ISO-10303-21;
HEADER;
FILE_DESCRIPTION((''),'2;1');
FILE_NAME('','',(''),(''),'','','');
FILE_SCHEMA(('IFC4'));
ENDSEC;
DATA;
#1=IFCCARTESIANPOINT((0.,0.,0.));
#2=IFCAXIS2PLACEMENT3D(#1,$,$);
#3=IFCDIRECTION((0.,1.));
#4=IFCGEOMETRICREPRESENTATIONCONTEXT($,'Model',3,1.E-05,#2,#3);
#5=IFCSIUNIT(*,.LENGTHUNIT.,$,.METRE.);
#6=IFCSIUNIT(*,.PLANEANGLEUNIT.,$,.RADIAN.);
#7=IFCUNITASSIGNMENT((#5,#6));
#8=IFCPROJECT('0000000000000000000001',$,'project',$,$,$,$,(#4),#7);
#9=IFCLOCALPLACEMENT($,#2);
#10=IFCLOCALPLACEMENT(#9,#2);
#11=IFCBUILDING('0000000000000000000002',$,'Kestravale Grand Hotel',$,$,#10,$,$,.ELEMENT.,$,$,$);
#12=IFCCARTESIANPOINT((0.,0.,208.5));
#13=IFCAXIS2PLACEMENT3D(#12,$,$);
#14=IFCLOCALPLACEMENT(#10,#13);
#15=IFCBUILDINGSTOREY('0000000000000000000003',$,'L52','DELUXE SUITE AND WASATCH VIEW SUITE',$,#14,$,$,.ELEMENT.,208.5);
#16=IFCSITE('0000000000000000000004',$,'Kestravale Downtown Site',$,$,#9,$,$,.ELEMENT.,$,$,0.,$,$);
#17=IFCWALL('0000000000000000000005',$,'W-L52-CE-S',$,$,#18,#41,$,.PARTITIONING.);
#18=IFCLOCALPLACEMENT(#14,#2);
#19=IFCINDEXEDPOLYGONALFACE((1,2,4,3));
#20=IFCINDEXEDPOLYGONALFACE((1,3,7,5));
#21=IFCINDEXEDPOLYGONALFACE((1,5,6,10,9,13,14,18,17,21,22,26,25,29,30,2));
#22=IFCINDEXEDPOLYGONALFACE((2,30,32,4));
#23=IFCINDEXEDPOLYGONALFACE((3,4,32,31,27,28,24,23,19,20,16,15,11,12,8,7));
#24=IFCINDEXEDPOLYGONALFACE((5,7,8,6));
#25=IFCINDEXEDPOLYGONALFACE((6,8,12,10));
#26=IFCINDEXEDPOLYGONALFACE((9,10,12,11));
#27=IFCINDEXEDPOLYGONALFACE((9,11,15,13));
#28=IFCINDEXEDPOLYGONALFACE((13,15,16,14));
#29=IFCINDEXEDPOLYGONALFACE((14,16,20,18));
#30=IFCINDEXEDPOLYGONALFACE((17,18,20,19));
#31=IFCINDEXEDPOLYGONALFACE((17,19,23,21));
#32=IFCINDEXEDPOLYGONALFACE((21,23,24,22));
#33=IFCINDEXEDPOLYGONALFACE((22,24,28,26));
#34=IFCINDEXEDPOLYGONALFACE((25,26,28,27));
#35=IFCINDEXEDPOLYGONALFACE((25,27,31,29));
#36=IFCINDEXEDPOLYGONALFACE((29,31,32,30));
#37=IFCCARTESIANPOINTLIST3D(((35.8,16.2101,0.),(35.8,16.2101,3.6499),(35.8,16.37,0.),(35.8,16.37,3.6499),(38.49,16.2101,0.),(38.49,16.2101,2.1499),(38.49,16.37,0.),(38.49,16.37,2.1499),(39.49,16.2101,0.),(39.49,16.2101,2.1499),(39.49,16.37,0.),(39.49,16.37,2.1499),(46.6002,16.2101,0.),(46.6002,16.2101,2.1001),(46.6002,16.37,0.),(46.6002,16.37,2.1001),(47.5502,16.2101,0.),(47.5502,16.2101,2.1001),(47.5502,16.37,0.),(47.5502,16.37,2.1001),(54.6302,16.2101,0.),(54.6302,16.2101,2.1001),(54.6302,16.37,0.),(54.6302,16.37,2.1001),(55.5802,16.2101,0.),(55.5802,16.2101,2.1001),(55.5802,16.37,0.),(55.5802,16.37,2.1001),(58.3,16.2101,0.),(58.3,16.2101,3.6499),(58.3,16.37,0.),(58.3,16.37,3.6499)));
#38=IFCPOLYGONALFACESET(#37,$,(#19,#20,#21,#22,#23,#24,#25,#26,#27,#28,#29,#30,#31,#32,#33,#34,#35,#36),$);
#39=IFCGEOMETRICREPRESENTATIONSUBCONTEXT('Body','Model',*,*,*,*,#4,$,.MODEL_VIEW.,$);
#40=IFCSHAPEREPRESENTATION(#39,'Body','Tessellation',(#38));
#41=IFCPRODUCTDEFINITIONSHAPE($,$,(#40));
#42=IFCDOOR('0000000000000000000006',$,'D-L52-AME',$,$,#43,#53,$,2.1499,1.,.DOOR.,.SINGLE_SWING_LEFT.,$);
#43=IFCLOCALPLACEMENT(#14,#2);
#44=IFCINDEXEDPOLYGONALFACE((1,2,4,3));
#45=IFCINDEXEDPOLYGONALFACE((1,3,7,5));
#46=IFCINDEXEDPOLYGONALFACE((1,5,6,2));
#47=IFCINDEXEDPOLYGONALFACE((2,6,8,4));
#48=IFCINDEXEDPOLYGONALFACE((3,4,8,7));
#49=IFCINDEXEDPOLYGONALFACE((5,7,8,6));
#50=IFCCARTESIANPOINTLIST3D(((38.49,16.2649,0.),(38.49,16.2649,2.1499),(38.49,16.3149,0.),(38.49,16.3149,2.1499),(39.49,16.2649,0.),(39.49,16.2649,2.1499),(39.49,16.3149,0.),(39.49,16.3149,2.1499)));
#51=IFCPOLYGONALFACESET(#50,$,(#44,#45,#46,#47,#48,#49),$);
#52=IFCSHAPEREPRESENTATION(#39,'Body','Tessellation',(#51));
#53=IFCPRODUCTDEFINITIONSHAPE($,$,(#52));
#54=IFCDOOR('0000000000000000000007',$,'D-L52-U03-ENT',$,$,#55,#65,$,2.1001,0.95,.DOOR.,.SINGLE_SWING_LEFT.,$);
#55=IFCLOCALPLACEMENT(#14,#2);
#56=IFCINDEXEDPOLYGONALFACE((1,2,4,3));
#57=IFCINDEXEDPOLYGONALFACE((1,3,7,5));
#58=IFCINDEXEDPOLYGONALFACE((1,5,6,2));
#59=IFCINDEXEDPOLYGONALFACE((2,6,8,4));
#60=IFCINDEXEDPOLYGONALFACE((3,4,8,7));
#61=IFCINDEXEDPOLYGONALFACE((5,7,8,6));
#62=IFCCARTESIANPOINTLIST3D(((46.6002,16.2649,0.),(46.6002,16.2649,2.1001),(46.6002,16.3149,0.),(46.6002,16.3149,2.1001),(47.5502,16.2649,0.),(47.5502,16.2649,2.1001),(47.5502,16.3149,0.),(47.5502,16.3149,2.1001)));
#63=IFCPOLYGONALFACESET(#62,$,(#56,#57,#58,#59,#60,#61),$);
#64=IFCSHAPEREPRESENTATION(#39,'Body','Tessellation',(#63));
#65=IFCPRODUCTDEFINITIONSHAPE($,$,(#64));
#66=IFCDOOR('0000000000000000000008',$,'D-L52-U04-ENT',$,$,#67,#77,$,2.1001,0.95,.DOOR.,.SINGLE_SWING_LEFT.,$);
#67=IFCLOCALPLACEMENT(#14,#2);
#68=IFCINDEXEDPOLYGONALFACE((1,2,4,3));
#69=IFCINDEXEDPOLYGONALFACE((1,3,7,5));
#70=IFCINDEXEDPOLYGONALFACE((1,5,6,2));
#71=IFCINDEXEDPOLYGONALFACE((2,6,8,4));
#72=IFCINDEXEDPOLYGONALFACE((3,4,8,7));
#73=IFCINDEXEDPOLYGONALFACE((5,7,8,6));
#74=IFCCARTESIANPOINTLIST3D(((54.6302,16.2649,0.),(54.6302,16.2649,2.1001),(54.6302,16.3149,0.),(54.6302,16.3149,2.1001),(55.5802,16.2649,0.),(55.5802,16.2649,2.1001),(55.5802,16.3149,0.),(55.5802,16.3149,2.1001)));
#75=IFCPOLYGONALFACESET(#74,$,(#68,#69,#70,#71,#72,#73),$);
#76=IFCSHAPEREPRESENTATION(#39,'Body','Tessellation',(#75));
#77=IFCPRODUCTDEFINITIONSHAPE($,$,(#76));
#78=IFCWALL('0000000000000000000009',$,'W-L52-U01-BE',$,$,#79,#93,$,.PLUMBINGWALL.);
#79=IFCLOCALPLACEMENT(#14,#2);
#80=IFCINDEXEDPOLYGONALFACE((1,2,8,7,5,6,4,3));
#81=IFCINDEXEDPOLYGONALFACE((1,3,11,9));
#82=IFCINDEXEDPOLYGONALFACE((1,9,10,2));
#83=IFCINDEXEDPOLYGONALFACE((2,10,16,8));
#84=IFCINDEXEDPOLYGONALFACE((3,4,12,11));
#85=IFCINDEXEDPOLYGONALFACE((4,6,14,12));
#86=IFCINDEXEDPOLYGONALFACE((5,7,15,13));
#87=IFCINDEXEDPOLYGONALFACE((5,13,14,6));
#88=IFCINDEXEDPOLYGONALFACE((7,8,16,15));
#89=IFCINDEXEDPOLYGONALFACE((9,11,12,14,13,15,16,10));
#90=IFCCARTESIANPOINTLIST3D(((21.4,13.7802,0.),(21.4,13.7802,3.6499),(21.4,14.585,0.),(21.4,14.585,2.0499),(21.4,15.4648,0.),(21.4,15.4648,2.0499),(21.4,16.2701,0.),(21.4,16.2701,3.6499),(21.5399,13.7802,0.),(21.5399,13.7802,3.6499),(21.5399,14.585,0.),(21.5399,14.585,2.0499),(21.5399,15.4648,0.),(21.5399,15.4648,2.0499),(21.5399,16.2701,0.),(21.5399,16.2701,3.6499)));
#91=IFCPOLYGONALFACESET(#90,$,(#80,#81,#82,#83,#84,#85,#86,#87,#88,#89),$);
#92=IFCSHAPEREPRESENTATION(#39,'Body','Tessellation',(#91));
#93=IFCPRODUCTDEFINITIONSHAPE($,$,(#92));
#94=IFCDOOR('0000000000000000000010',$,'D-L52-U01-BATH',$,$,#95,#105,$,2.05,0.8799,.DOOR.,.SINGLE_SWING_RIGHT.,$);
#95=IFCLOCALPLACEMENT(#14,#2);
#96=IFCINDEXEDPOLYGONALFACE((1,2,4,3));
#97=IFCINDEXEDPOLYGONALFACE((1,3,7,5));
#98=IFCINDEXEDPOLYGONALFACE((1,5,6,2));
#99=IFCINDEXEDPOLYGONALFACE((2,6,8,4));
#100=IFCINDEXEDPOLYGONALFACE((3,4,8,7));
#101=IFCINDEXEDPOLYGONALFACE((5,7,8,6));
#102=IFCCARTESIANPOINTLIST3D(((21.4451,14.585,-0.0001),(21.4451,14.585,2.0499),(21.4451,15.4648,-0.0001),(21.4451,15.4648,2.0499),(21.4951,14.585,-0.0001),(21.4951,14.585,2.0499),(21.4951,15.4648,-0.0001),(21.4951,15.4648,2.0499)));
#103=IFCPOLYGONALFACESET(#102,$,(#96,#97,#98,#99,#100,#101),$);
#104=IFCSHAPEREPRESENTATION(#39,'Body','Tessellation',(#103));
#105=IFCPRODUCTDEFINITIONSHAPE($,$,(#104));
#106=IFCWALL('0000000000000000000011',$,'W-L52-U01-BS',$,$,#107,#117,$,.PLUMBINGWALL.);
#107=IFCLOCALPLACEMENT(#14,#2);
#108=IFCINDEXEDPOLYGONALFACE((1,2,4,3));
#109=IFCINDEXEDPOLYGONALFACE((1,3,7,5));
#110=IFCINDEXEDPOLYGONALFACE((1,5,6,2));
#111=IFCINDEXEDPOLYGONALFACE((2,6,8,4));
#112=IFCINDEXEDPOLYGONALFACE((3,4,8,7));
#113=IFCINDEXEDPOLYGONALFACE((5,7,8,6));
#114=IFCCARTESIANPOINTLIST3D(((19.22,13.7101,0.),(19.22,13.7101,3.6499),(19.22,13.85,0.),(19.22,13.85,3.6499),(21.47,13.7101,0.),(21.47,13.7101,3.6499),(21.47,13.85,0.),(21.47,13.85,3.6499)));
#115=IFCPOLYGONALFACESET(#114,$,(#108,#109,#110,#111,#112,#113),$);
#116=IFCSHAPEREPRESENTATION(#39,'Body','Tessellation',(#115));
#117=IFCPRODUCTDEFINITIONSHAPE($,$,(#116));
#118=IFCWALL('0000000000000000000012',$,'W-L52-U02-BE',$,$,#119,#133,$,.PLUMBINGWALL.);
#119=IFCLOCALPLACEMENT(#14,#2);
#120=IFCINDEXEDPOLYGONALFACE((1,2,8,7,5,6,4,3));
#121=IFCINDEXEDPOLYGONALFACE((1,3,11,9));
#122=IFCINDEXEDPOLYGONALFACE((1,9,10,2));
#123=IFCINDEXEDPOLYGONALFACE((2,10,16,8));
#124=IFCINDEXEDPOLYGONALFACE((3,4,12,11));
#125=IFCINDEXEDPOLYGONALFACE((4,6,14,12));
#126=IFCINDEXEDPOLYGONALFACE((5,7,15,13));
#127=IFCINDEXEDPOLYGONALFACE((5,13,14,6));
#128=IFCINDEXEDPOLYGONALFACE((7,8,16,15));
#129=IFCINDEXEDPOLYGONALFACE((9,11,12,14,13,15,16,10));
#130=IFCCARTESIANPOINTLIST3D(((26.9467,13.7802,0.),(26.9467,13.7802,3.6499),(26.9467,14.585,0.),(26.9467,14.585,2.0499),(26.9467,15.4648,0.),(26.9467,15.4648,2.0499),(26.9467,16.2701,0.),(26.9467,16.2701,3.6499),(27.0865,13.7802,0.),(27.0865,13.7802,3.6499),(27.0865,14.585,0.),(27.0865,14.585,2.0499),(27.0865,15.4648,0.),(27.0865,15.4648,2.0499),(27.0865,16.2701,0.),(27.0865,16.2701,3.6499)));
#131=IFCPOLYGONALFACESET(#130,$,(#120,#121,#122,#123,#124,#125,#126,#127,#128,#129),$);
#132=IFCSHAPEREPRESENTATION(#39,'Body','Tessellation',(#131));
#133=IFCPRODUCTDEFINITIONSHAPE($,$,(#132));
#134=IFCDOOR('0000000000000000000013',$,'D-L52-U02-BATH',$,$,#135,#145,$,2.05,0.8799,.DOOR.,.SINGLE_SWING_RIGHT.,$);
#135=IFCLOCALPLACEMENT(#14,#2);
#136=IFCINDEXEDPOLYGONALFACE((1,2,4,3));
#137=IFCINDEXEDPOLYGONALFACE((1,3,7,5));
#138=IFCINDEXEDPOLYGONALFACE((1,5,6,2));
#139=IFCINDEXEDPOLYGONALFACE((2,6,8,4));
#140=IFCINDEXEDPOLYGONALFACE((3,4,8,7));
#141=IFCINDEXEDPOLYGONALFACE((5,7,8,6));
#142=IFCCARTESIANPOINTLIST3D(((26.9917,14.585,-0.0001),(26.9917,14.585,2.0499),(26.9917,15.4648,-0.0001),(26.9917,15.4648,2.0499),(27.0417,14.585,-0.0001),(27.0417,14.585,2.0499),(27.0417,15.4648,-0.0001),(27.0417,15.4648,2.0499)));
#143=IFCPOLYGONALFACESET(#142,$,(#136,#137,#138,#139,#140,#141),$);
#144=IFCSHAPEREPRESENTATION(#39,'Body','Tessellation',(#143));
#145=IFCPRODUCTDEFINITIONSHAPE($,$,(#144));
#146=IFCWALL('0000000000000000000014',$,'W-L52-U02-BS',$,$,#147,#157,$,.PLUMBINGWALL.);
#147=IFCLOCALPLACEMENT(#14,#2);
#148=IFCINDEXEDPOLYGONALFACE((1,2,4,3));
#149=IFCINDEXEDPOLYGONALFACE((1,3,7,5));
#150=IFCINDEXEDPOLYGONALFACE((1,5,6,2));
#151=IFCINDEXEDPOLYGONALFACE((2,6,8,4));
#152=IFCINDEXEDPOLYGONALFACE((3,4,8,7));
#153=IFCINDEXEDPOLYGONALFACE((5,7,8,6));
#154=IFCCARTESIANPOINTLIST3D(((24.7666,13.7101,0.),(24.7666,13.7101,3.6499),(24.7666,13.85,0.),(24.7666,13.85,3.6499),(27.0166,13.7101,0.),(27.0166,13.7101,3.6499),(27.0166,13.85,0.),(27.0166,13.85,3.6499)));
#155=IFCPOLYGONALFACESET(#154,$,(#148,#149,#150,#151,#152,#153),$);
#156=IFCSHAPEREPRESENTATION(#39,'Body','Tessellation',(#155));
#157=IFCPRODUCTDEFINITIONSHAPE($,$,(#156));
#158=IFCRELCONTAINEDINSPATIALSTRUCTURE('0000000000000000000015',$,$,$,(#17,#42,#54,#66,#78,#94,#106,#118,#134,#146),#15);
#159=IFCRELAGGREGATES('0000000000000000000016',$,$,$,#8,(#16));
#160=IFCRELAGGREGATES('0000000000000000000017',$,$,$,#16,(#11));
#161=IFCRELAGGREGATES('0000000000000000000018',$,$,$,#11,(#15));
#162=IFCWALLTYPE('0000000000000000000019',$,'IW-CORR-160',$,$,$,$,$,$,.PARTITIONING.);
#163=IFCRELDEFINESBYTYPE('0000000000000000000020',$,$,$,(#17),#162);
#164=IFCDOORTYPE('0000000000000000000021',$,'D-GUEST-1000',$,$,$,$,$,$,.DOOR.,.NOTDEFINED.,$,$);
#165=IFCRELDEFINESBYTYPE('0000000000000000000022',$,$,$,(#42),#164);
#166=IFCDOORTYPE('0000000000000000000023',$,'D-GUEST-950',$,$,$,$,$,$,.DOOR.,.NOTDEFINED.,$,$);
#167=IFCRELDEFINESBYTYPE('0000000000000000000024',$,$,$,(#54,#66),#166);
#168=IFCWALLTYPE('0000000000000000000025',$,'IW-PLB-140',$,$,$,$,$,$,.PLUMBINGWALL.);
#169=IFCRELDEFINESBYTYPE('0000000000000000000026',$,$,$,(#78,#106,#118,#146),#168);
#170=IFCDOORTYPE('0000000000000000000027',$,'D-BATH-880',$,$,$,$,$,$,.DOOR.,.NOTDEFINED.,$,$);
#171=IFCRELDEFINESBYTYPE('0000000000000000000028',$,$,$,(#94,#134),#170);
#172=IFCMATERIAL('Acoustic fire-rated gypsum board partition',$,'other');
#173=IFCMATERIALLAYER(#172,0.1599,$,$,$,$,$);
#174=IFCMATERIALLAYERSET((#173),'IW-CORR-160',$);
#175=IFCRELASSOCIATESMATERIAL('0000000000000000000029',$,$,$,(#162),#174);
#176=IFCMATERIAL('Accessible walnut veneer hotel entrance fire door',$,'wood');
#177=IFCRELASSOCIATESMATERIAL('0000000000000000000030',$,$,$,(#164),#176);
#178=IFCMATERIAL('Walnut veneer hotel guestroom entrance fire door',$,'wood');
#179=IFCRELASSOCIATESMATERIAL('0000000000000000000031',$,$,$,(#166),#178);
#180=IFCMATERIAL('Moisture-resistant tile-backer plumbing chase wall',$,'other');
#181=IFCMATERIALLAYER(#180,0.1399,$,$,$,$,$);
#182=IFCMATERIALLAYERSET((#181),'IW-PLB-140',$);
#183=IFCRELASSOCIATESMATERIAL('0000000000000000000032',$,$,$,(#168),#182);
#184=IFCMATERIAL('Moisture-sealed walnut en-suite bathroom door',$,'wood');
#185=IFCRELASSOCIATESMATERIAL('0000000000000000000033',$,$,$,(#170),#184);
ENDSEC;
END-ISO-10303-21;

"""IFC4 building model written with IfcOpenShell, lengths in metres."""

from ifc_helpers import new_model, si_unit, direction, frame, frame_2d, origin, place, context, subcontext, project, spatial, rectangle, extrude, material, layer, layer_set, type_object, element, fill, save


model = new_model("IFC4")

# Units and contexts
model_context = context("Model", 3, precision=1e-05, world=origin(), true_north=direction((0.0, 1.0)))
body_context = subcontext(model_context, "Body", "Model", "MODEL_VIEW")
ifc_project = project(units=[si_unit("LENGTHUNIT", "METRE"), si_unit("PLANEANGLEUNIT", "RADIAN")], contexts=[model_context])

# Site, building, storey
site_placement = place(None, origin())
site = spatial("IfcSite", under=ifc_project, at=site_placement, Name="Kestravale Downtown Site", CompositionType="ELEMENT", RefElevation=0.0)
building_placement = place(site_placement, origin())
building = spatial("IfcBuilding", under=site, at=building_placement, Name="Kestravale Grand Hotel", CompositionType="ELEMENT")
storey_placement = place(building_placement, frame((0.0, 0.0, 208.5)))
storey = spatial("IfcBuildingStorey", under=building, at=storey_placement, Name="L52", Description="DELUXE SUITE AND WASATCH VIEW SUITE", CompositionType="ELEMENT", Elevation=208.5)

# Shared definitions
ifc_material_1 = material(Name="Acoustic fire-rated gypsum board partition", Category="other")
ifc_layer_1 = layer(ifc_material_1, 0.1599)
ifc_layer_set_1 = layer_set([ifc_layer_1], Name="IW-CORR-160")
wall_type_1 = type_object("IfcWallType", Name="IW-CORR-160", PredefinedType="PARTITIONING", material=ifc_layer_set_1)
ifc_material_2 = material(Name="Accessible walnut veneer hotel entrance fire door", Category="wood")
door_type_1 = type_object("IfcDoorType", Name="D-GUEST-1000", OperationType="NOTDEFINED", PredefinedType="DOOR", material=ifc_material_2)

# Wall, openings, doors
ifc_material_3 = material(Name="Walnut veneer hotel guestroom entrance fire door", Category="wood")
door_type_2 = type_object("IfcDoorType", Name="D-GUEST-950", OperationType="NOTDEFINED", PredefinedType="DOOR", material=ifc_material_3)
wall_1_placement = place(storey_placement, frame((35.8, 16.29, 0.0), z_axis=(0.0, 0.0, 1.0), x_axis=(1.0, 0.0, 0.0)))
wall_1 = element("IfcWall", 1, at=wall_1_placement, inside=storey, type_object=wall_type_1, Name="W-L52-CE-S", PredefinedType="PARTITIONING", context=body_context, shape_type="SweptSolid", body=[
    extrude(rectangle(XDim=22.5, YDim=0.1599, at=frame_2d((11.25, 0.0))), origin(), (0.0, 0.0, 1.0), 3.6499),
])
opening_1_placement = place(wall_1_placement, frame((2.6899, 0.0, 0.0)))
opening_1 = element("IfcOpeningElement", 2, at=opening_1_placement, cuts=wall_1, PredefinedType="OPENING", context=body_context, shape_type="SweptSolid", body=[
    extrude(rectangle(XDim=1.0, YDim=2.1499, at=frame_2d((0.5, 1.075))), frame((0.0, 0.0898, 0.0), z_axis=(0.0, -1.0, 0.0), x_axis=(1.0, 0.0, 0.0)), (0.0, 0.0, 1.0), 0.1799),
])
opening_2_placement = place(wall_1_placement, frame((10.8, 0.0, 0.0)))
opening_2 = element("IfcOpeningElement", 3, at=opening_2_placement, cuts=wall_1, PredefinedType="OPENING", context=body_context, shape_type="SweptSolid", body=[
    extrude(rectangle(XDim=0.95, YDim=2.1001, at=frame_2d((0.4751, 1.05))), frame((0.0, 0.0898, 0.0), z_axis=(0.0, -1.0, 0.0), x_axis=(1.0, 0.0, 0.0)), (0.0, 0.0, 1.0), 0.1799),
])
opening_3_placement = place(wall_1_placement, frame((18.8301, 0.0, 0.0)))
opening_3 = element("IfcOpeningElement", 4, at=opening_3_placement, cuts=wall_1, PredefinedType="OPENING", context=body_context, shape_type="SweptSolid", body=[
    extrude(rectangle(XDim=0.95, YDim=2.1001, at=frame_2d((0.4751, 1.05))), frame((0.0, 0.0898, 0.0), z_axis=(0.0, -1.0, 0.0), x_axis=(1.0, 0.0, 0.0)), (0.0, 0.0, 1.0), 0.1799),
])
door_1_placement = place(opening_1_placement, origin())
door_1 = element("IfcDoor", 5, at=door_1_placement, inside=storey, type_object=door_type_1, Name="D-L52-AME", OperationType="SINGLE_SWING_LEFT", OverallHeight=2.1499, OverallWidth=1.0, PredefinedType="DOOR", context=body_context, shape_type="SweptSolid", body=[
    extrude(rectangle(XDim=1.0, YDim=2.1499, at=frame_2d((0.5, 1.075))), frame((0.0, 0.0249, 0.0), z_axis=(0.0, -1.0, 0.0), x_axis=(1.0, 0.0, 0.0)), (0.0, 0.0, 1.0), 0.05),
])
fill(opening_1, door_1)
door_2_placement = place(opening_2_placement, origin())
door_2 = element("IfcDoor", 6, at=door_2_placement, inside=storey, type_object=door_type_2, Name="D-L52-U03-ENT", OperationType="SINGLE_SWING_LEFT", OverallHeight=2.1001, OverallWidth=0.95, PredefinedType="DOOR", context=body_context, shape_type="SweptSolid", body=[
    extrude(rectangle(XDim=0.95, YDim=2.1001, at=frame_2d((0.4751, 1.05))), frame((0.0, 0.0249, 0.0), z_axis=(0.0, -1.0, 0.0), x_axis=(1.0, 0.0, 0.0)), (0.0, 0.0, 1.0), 0.05),
])
fill(opening_2, door_2)
door_3_placement = place(opening_3_placement, origin())
door_3 = element("IfcDoor", 7, at=door_3_placement, inside=storey, type_object=door_type_2, Name="D-L52-U04-ENT", OperationType="SINGLE_SWING_LEFT", OverallHeight=2.1001, OverallWidth=0.95, PredefinedType="DOOR", context=body_context, shape_type="SweptSolid", body=[
    extrude(rectangle(XDim=0.95, YDim=2.1001, at=frame_2d((0.4751, 1.05))), frame((0.0, 0.0249, 0.0), z_axis=(0.0, -1.0, 0.0), x_axis=(1.0, 0.0, 0.0)), (0.0, 0.0, 1.0), 0.05),
])
fill(opening_3, door_3)

# Wall, opening, door
ifc_material_4 = material(Name="Moisture-resistant tile-backer plumbing chase wall", Category="other")
ifc_layer_2 = layer(ifc_material_4, 0.1399)
ifc_layer_set_2 = layer_set([ifc_layer_2], Name="IW-PLB-140")
wall_type_2 = type_object("IfcWallType", Name="IW-PLB-140", PredefinedType="PLUMBINGWALL", material=ifc_layer_set_2)
wall_2_placement = place(storey_placement, frame((21.47, 13.78, 0.0), z_axis=(0.0, 0.0, 1.0), x_axis=(0.0, 1.0, 0.0)))
wall_2 = element("IfcWall", 8, at=wall_2_placement, inside=storey, type_object=wall_type_2, Name="W-L52-U01-BE", PredefinedType="PLUMBINGWALL", context=body_context, shape_type="SweptSolid", body=[
    extrude(rectangle(XDim=2.49, YDim=0.1399, at=frame_2d((1.2451, 0.0))), origin(), (0.0, 0.0, 1.0), 3.6499),
])
opening_4_placement = place(wall_2_placement, frame((0.8049, 0.0, 0.0)))
opening_4 = element("IfcOpeningElement", 9, at=opening_4_placement, cuts=wall_2, PredefinedType="OPENING", context=body_context, shape_type="SweptSolid", body=[
    extrude(rectangle(XDim=0.8799, YDim=2.05, at=frame_2d((0.4399, 1.0249))), frame((0.0, 0.0798, 0.0), z_axis=(0.0, -1.0, 0.0), x_axis=(1.0, 0.0, 0.0)), (0.0, 0.0, 1.0), 0.1599),
])
ifc_material_5 = material(Name="Moisture-sealed walnut en-suite bathroom door", Category="wood")
door_type_3 = type_object("IfcDoorType", Name="D-BATH-880", OperationType="NOTDEFINED", PredefinedType="DOOR", material=ifc_material_5)
door_4_placement = place(opening_4_placement, origin())
door_4 = element("IfcDoor", 10, at=door_4_placement, inside=storey, type_object=door_type_3, Name="D-L52-U01-BATH", OperationType="SINGLE_SWING_RIGHT", OverallHeight=2.05, OverallWidth=0.8799, PredefinedType="DOOR", context=body_context, shape_type="SweptSolid", body=[
    extrude(rectangle(XDim=0.8799, YDim=2.05, at=frame_2d((0.4399, 1.0249))), frame((0.0, 0.0249, 0.0), z_axis=(0.0, -1.0, 0.0), x_axis=(1.0, 0.0, 0.0)), (0.0, 0.0, 1.0), 0.05),
])
fill(opening_4, door_4)

# Wall
wall_3_placement = place(storey_placement, frame((19.22, 13.78, 0.0), z_axis=(0.0, 0.0, 1.0), x_axis=(1.0, 0.0, 0.0)))
element("IfcWall", 11, at=wall_3_placement, inside=storey, type_object=wall_type_2, Name="W-L52-U01-BS", PredefinedType="PLUMBINGWALL", context=body_context, shape_type="SweptSolid", body=[
    extrude(rectangle(XDim=2.25, YDim=0.1399, at=frame_2d((1.125, 0.0))), origin(), (0.0, 0.0, 1.0), 3.6499),
])

# Wall, opening, door
wall_4_placement = place(storey_placement, frame((27.0166, 13.78, 0.0), z_axis=(0.0, 0.0, 1.0), x_axis=(0.0, 1.0, 0.0)))
wall_4 = element("IfcWall", 12, at=wall_4_placement, inside=storey, type_object=wall_type_2, Name="W-L52-U02-BE", PredefinedType="PLUMBINGWALL", context=body_context, shape_type="SweptSolid", body=[
    extrude(rectangle(XDim=2.49, YDim=0.1399, at=frame_2d((1.2451, 0.0))), origin(), (0.0, 0.0, 1.0), 3.6499),
])
opening_5_placement = place(wall_4_placement, frame((0.8049, 0.0, 0.0)))
opening_5 = element("IfcOpeningElement", 13, at=opening_5_placement, cuts=wall_4, PredefinedType="OPENING", context=body_context, shape_type="SweptSolid", body=[
    extrude(rectangle(XDim=0.8799, YDim=2.05, at=frame_2d((0.4399, 1.0249))), frame((0.0, 0.0798, 0.0), z_axis=(0.0, -1.0, 0.0), x_axis=(1.0, 0.0, 0.0)), (0.0, 0.0, 1.0), 0.1599),
])
door_5_placement = place(opening_5_placement, origin())
door_5 = element("IfcDoor", 14, at=door_5_placement, inside=storey, type_object=door_type_3, Name="D-L52-U02-BATH", OperationType="SINGLE_SWING_RIGHT", OverallHeight=2.05, OverallWidth=0.8799, PredefinedType="DOOR", context=body_context, shape_type="SweptSolid", body=[
    extrude(rectangle(XDim=0.8799, YDim=2.05, at=frame_2d((0.4399, 1.0249))), frame((0.0, 0.0249, 0.0), z_axis=(0.0, -1.0, 0.0), x_axis=(1.0, 0.0, 0.0)), (0.0, 0.0, 1.0), 0.05),
])
fill(opening_5, door_5)

# Wall
wall_5_placement = place(storey_placement, frame((24.7666, 13.78, 0.0), z_axis=(0.0, 0.0, 1.0), x_axis=(1.0, 0.0, 0.0)))
element("IfcWall", 15, at=wall_5_placement, inside=storey, type_object=wall_type_2, Name="W-L52-U02-BS", PredefinedType="PLUMBINGWALL", context=body_context, shape_type="SweptSolid", body=[
    extrude(rectangle(XDim=2.25, YDim=0.1399, at=frame_2d((1.125, 0.0))), origin(), (0.0, 0.0, 1.0), 3.6499),
])

save(model, "model.ifc")
